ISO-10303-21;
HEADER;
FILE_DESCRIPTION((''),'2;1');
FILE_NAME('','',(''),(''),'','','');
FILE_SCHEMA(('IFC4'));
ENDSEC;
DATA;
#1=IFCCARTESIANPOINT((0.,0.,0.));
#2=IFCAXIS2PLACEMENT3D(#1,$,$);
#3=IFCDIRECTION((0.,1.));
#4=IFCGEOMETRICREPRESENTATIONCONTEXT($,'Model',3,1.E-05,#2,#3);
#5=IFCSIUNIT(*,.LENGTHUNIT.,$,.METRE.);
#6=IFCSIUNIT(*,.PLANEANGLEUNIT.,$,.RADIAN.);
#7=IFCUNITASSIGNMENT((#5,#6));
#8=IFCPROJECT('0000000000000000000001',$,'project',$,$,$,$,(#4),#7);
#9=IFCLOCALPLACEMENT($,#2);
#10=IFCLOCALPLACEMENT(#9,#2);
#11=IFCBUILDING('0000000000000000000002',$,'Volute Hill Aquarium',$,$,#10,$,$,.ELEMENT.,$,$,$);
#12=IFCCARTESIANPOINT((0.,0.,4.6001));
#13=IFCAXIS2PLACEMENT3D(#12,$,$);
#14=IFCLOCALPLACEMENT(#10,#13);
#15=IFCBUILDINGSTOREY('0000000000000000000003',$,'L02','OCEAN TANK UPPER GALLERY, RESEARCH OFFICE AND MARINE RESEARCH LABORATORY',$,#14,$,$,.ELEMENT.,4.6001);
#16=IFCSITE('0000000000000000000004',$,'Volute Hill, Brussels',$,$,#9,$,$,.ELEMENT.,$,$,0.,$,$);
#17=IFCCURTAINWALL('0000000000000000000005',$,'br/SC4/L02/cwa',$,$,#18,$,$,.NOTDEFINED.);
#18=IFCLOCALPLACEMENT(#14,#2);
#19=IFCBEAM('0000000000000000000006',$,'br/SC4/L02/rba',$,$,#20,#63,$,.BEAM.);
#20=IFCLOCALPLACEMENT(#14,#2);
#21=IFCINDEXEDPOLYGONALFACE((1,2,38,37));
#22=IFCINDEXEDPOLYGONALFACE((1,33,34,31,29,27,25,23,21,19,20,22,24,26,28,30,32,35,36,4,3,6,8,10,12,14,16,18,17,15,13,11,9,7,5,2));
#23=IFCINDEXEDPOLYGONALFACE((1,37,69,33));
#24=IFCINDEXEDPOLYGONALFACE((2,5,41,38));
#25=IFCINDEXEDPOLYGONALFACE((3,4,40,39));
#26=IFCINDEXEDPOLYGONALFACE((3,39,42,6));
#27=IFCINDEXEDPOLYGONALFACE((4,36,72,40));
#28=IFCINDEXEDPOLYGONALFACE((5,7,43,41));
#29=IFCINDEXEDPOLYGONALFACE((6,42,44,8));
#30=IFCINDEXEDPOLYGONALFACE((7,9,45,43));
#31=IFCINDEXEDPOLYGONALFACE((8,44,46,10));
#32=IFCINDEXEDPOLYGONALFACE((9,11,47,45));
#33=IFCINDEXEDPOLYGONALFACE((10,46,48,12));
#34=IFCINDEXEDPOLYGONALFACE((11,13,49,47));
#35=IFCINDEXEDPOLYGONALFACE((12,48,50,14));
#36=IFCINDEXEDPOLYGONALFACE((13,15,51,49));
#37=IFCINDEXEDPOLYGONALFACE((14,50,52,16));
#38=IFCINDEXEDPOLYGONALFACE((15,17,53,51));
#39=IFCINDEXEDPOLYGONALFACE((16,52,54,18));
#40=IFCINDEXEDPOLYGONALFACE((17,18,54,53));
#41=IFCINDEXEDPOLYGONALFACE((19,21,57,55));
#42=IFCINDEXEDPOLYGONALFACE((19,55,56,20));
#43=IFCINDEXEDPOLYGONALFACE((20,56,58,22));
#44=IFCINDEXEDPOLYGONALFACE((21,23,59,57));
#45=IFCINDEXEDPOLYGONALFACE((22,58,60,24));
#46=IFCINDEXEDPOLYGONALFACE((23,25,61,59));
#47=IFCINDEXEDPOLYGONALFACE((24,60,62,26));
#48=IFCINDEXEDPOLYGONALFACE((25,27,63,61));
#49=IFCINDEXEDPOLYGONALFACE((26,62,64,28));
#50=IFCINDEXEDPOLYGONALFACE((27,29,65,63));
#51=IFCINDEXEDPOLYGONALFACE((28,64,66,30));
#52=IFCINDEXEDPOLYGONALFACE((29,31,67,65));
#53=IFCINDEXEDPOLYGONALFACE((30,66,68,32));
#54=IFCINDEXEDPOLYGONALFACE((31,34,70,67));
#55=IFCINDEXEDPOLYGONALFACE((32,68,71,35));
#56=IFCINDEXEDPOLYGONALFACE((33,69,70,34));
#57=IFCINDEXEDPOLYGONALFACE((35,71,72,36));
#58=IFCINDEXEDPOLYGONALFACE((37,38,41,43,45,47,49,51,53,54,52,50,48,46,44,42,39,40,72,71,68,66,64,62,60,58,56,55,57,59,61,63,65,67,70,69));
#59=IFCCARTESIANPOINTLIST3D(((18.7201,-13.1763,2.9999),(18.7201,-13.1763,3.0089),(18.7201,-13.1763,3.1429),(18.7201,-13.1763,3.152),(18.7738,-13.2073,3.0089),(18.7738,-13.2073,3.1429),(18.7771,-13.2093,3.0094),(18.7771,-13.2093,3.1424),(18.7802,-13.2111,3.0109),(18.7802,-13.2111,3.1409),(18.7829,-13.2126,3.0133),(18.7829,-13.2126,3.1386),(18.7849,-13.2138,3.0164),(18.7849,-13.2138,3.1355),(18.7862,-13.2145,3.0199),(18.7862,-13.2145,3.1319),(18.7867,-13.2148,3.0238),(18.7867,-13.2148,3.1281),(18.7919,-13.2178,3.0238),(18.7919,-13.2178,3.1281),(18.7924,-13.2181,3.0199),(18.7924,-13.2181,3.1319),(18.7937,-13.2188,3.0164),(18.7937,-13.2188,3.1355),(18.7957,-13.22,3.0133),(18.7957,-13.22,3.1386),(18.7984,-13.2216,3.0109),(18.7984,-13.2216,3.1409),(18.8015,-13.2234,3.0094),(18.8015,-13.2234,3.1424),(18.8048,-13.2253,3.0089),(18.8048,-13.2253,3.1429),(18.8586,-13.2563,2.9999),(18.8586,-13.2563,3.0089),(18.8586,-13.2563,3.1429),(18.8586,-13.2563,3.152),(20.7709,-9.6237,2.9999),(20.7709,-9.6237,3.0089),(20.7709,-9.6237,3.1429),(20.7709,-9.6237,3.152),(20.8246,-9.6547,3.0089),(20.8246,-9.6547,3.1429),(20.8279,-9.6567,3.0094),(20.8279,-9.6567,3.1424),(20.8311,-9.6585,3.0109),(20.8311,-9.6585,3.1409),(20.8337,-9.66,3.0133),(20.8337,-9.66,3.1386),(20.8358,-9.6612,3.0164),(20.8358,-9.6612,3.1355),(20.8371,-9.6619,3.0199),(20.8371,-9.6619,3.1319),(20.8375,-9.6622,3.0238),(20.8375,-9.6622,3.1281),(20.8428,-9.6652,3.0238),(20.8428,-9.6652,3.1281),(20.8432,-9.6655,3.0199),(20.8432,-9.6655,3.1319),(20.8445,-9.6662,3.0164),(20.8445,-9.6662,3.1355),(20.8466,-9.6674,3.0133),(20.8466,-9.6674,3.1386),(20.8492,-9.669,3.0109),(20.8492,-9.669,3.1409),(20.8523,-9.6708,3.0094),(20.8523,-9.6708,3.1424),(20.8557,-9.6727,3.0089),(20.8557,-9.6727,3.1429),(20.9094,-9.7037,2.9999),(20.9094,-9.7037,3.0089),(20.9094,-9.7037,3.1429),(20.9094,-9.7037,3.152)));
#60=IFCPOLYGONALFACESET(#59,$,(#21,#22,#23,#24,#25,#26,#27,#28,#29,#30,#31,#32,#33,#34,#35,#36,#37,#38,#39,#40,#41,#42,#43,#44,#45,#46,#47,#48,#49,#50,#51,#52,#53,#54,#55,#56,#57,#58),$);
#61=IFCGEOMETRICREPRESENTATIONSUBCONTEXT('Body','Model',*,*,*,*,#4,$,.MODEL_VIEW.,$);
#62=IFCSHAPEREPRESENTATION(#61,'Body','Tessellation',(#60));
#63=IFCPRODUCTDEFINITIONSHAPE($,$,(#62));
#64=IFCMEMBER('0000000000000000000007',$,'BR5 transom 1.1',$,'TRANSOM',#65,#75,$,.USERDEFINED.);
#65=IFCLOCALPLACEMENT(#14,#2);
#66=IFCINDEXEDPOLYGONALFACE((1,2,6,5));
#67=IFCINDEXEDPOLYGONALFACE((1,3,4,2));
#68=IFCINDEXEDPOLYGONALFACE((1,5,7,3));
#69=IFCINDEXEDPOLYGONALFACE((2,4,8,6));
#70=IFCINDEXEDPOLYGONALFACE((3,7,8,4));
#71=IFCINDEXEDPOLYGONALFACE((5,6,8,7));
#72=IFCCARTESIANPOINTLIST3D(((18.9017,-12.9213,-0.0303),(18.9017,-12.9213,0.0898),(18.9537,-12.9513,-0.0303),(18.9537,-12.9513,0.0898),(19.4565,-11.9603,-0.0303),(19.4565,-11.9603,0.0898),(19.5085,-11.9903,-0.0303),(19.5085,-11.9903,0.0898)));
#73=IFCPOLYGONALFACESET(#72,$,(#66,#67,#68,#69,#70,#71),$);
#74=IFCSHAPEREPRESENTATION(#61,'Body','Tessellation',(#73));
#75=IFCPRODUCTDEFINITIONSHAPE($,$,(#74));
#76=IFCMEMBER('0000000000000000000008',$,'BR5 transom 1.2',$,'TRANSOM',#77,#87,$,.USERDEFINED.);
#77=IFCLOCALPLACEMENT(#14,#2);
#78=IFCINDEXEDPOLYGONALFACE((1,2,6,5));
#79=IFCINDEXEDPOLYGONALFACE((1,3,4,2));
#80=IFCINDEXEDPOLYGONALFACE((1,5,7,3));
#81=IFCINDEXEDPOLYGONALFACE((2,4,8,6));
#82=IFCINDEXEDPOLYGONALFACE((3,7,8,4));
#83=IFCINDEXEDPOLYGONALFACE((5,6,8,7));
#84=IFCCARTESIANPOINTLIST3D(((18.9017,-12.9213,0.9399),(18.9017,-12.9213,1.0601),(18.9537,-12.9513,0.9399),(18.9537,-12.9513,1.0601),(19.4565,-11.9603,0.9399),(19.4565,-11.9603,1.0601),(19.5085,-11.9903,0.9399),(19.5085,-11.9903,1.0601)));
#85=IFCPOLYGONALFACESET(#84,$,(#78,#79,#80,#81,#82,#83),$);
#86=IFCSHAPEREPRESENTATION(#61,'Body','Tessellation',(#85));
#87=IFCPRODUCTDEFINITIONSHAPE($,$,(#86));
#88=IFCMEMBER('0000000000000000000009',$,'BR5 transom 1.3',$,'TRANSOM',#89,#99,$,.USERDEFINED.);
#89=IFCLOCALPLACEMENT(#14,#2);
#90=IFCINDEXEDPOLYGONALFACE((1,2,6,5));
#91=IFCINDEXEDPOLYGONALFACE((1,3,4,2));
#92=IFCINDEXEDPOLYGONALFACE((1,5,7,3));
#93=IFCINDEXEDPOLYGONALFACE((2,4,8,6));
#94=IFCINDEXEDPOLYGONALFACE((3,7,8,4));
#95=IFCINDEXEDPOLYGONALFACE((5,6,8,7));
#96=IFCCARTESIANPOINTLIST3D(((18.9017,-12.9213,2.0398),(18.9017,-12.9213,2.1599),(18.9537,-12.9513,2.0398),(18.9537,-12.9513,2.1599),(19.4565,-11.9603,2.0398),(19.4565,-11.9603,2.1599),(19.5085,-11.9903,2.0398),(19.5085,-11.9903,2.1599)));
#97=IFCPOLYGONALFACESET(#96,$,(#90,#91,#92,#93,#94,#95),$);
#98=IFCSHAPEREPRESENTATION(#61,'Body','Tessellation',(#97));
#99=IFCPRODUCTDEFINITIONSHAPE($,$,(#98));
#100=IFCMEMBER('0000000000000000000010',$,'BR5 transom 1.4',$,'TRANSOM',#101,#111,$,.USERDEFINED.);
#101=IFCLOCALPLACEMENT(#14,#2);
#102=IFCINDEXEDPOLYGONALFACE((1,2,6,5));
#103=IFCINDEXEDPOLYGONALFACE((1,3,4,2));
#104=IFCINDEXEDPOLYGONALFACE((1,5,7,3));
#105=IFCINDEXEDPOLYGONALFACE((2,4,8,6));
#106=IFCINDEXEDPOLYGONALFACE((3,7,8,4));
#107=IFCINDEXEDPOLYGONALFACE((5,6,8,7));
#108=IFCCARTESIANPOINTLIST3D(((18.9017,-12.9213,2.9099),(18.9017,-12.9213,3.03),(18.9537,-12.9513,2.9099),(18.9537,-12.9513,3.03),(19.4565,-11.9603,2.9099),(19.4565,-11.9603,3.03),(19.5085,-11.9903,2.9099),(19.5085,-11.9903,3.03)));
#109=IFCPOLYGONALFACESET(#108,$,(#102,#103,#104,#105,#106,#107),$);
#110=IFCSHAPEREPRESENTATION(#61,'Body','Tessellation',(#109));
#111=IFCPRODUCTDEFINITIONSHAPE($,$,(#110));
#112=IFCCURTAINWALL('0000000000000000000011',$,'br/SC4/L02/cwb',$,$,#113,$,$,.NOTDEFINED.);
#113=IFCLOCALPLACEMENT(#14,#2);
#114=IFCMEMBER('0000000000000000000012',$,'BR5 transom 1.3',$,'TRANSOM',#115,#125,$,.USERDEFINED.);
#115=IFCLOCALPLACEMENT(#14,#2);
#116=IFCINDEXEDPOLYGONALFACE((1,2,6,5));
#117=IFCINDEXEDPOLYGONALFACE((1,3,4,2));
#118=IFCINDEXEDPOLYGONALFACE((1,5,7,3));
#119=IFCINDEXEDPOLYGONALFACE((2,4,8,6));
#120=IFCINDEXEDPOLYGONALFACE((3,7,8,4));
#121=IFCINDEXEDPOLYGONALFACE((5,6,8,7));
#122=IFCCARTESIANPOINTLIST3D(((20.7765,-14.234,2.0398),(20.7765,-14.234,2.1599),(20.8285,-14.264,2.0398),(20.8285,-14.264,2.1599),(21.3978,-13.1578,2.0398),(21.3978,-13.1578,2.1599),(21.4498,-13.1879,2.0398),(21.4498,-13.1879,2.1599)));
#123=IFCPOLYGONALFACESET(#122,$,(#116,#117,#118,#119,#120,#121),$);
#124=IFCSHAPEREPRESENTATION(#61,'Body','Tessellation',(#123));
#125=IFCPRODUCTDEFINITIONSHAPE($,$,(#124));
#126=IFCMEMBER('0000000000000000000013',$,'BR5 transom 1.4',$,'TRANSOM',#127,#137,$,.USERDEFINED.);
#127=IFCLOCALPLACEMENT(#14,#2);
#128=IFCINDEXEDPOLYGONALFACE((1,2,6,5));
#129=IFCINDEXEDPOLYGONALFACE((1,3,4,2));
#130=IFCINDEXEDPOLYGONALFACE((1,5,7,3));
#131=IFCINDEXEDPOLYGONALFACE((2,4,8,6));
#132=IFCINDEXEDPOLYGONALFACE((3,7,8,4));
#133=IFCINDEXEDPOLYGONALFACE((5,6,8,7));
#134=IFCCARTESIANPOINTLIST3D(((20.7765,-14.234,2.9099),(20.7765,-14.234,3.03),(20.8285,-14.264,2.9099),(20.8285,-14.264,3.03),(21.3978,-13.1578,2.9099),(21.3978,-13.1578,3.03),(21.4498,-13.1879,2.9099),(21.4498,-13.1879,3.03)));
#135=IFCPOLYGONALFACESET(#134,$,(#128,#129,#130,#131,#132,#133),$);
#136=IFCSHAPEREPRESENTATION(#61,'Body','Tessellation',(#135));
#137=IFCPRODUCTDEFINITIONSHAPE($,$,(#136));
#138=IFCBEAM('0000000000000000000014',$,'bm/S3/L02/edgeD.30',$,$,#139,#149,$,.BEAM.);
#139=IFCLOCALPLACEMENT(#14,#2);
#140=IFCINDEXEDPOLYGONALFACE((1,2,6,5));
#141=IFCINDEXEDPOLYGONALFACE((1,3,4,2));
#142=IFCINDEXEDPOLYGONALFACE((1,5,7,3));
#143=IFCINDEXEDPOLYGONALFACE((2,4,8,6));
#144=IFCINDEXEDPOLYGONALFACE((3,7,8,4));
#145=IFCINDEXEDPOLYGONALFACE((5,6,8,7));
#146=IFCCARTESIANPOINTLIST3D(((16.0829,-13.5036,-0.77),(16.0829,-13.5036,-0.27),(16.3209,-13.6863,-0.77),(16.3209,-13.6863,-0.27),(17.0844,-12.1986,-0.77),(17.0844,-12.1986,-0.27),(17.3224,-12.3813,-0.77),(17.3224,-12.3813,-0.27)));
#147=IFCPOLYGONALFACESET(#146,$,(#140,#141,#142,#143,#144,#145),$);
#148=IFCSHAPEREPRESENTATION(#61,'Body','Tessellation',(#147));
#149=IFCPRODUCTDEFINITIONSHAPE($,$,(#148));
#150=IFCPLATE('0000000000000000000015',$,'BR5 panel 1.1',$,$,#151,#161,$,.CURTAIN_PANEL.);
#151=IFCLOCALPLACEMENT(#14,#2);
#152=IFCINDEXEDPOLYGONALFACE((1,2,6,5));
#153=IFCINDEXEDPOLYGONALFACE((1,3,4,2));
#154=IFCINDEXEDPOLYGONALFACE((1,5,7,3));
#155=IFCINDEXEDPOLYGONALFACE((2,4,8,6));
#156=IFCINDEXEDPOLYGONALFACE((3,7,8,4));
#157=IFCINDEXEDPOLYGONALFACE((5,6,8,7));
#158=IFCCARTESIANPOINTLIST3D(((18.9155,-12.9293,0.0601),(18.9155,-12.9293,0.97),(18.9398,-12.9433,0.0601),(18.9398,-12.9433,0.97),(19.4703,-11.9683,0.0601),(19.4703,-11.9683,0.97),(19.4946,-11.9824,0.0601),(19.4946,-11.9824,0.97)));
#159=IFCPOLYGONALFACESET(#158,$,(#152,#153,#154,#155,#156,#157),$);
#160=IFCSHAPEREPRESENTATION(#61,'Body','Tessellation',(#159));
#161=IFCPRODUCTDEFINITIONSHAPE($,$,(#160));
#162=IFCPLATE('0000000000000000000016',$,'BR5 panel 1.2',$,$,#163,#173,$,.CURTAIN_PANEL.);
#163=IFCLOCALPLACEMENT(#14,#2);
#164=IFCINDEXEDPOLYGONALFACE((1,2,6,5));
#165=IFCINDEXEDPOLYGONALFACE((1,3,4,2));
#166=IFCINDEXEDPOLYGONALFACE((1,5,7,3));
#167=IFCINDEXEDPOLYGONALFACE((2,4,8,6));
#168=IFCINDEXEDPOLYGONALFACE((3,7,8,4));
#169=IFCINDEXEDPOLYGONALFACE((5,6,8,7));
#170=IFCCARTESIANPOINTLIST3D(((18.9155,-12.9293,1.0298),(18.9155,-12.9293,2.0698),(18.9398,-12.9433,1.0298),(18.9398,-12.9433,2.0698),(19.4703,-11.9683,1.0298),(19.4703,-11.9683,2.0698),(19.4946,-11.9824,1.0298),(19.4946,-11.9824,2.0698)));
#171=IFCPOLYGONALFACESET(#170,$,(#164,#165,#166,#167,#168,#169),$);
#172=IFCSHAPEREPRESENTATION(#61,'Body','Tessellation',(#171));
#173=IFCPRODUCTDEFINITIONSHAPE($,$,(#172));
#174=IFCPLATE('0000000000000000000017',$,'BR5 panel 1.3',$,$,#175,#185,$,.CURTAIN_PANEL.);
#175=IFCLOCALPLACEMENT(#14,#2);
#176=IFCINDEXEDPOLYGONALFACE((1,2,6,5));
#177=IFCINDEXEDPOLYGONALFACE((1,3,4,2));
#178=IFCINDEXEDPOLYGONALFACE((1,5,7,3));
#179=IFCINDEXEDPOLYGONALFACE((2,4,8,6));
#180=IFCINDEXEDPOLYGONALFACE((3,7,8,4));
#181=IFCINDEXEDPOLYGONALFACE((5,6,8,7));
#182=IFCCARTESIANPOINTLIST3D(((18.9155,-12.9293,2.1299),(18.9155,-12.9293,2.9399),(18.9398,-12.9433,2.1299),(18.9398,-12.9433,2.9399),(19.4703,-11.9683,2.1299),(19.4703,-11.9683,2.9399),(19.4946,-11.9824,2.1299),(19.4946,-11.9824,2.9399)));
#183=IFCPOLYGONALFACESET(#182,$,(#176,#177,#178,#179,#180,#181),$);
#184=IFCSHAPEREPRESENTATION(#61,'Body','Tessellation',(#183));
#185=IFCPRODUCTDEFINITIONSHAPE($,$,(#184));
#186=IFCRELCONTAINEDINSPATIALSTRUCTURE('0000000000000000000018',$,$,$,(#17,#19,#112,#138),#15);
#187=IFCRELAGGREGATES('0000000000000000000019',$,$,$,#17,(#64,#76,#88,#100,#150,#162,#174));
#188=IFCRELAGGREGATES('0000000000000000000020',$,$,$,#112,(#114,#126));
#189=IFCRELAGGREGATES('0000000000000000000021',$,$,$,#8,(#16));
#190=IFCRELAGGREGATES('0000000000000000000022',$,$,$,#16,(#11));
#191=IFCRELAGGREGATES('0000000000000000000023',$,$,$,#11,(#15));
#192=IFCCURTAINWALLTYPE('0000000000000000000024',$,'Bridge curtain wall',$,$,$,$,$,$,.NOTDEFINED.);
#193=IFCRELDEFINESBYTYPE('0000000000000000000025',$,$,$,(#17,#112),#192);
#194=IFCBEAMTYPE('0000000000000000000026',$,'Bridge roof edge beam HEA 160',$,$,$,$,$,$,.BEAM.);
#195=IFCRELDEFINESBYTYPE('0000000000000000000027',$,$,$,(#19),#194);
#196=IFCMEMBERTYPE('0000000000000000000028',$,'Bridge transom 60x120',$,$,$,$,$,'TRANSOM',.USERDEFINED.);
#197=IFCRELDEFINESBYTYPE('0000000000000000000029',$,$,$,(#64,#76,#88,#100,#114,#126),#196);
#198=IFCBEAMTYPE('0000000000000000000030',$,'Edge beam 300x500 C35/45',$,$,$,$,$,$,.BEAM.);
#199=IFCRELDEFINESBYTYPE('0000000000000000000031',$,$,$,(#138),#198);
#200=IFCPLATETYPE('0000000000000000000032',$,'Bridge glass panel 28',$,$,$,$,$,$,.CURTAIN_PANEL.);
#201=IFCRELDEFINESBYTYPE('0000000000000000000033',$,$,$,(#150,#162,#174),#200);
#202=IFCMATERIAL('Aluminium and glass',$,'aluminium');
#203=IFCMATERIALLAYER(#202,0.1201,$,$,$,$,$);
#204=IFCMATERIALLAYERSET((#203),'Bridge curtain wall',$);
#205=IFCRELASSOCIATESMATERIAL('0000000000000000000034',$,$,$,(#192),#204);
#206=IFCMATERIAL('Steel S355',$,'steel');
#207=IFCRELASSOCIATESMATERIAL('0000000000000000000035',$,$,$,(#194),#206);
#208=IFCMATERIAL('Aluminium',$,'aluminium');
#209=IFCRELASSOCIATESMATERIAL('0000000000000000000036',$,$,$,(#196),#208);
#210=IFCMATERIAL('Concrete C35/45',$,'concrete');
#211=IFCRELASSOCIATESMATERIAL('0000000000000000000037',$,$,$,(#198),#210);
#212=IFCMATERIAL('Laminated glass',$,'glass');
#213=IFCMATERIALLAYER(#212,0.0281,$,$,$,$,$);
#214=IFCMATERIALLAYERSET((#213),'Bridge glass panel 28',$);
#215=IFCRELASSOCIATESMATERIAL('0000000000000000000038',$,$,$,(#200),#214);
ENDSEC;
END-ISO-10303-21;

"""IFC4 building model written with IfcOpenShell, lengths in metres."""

from ifc_helpers import new_model, si_unit, direction, frame, origin, origin_2d, place, context, subcontext, project, spatial, rectangle, i_section, extrude, material, layer, layer_set, material_profile, profile_set, type_object, element, aggregate, save


model = new_model("IFC4")

# Units and contexts
model_context = context("Model", 3, precision=1e-05, world=origin(), true_north=direction((0.0, 1.0)))
body_context = subcontext(model_context, "Body", "Model", "MODEL_VIEW")
ifc_project = project(units=[si_unit("LENGTHUNIT", "METRE"), si_unit("PLANEANGLEUNIT", "RADIAN")], contexts=[model_context])

# Site, building, storey
site_placement = place(None, origin())
site = spatial("IfcSite", under=ifc_project, at=site_placement, Name="Volute Hill, Brussels", CompositionType="ELEMENT", RefElevation=0.0)
building_placement = place(site_placement, origin())
building = spatial("IfcBuilding", under=site, at=building_placement, Name="Volute Hill Aquarium", CompositionType="ELEMENT")
storey_placement = place(building_placement, frame((0.0, 0.0, 4.6001)))
storey = spatial("IfcBuildingStorey", under=building, at=storey_placement, Name="L02", Description="OCEAN TANK UPPER GALLERY, RESEARCH OFFICE AND MARINE RESEARCH LABORATORY", CompositionType="ELEMENT", Elevation=4.6001)

# Curtain wall
ifc_material_1 = material(Name="Aluminium and glass", Category="aluminium")
ifc_layer_1 = layer(ifc_material_1, 0.1201)
ifc_layer_set_1 = layer_set([ifc_layer_1], Name="Bridge curtain wall")
curtain_wall_type = type_object("IfcCurtainWallType", Name="Bridge curtain wall", PredefinedType="NOTDEFINED", material=ifc_layer_set_1)
curtain_wall_1_placement = place(storey_placement, origin())
curtain_wall_1 = element("IfcCurtainWall", 1, at=curtain_wall_1_placement, inside=storey, type_object=curtain_wall_type, Name="br/SC4/L02/cwa", PredefinedType="NOTDEFINED")

# Beam
ifc_material_2 = material(Name="Steel S355", Category="steel")
ifc_material_profile_1 = material_profile(ifc_material_2, i_section(OverallWidth=0.1599, OverallDepth=0.1521, WebThickness=0.0061, FlangeThickness=0.009, FilletRadius=0.0149, at=origin_2d()), Name="HEA 160")
ifc_profile_set_1 = profile_set([ifc_material_profile_1], Name="Steel S355")
beam_type_1 = type_object("IfcBeamType", Name="Bridge roof edge beam HEA 160", PredefinedType="BEAM", material=ifc_profile_set_1)
beam_1_placement = place(storey_placement, frame((18.7893, -13.2163, 3.0759), z_axis=(0.499954, 0.866052, 0.0), x_axis=(-0.866052, 0.499954, 0.0)))
element("IfcBeam", 2, at=beam_1_placement, inside=storey, type_object=beam_type_1, Name="br/SC4/L02/rba", PredefinedType="BEAM", context=body_context, shape_type="SweptSolid", body=[
    extrude(i_section(OverallWidth=0.1599, OverallDepth=0.1521, WebThickness=0.0061, FlangeThickness=0.009, FilletRadius=0.0149, at=origin_2d()), origin(), (0.0, 0.0, 1.0), 4.1021),
])

# Members
ifc_material_3 = material(Name="Aluminium", Category="aluminium")
ifc_material_profile_2 = material_profile(ifc_material_3, rectangle(XDim=0.0601, YDim=0.1201, at=origin_2d()), Name="Aluminium transom 60x120")
ifc_profile_set_2 = profile_set([ifc_material_profile_2], Name="Aluminium")
member_type_1 = type_object("IfcMemberType", Name="Bridge transom 60x120", ElementType="TRANSOM", PredefinedType="USERDEFINED", material=ifc_profile_set_2)
member_1_placement = place(storey_placement, frame((18.9277, -12.9363, 0.0298), z_axis=(0.499926, 0.866068, 0.0), x_axis=(-0.866068, 0.499926, 0.0)))
member_1 = element("IfcMember", 3, at=member_1_placement, type_object=member_type_1, Name="BR5 transom 1.1", ObjectType="TRANSOM", PredefinedType="USERDEFINED", context=body_context, shape_type="SweptSolid", body=[
    extrude(rectangle(XDim=0.0601, YDim=0.1201, at=origin_2d()), origin(), (0.0, 0.0, 1.0), 1.1096),
])
member_2_placement = place(storey_placement, frame((18.9277, -12.9363, 1.0), z_axis=(0.499926, 0.866068, 0.0), x_axis=(-0.866068, 0.499926, 0.0)))
member_2 = element("IfcMember", 4, at=member_2_placement, type_object=member_type_1, Name="BR5 transom 1.2", ObjectType="TRANSOM", PredefinedType="USERDEFINED", context=body_context, shape_type="SweptSolid", body=[
    extrude(rectangle(XDim=0.0601, YDim=0.1201, at=origin_2d()), origin(), (0.0, 0.0, 1.0), 1.1096),
])
member_3_placement = place(storey_placement, frame((18.9277, -12.9363, 2.0999), z_axis=(0.499926, 0.866068, 0.0), x_axis=(-0.866068, 0.499926, 0.0)))
member_3 = element("IfcMember", 5, at=member_3_placement, type_object=member_type_1, Name="BR5 transom 1.3", ObjectType="TRANSOM", PredefinedType="USERDEFINED", context=body_context, shape_type="SweptSolid", body=[
    extrude(rectangle(XDim=0.0601, YDim=0.1201, at=origin_2d()), origin(), (0.0, 0.0, 1.0), 1.1096),
])
member_4_placement = place(storey_placement, frame((18.9277, -12.9363, 2.97), z_axis=(0.499926, 0.866068, 0.0), x_axis=(-0.866068, 0.499926, 0.0)))
member_4 = element("IfcMember", 6, at=member_4_placement, type_object=member_type_1, Name="BR5 transom 1.4", ObjectType="TRANSOM", PredefinedType="USERDEFINED", context=body_context, shape_type="SweptSolid", body=[
    extrude(rectangle(XDim=0.0601, YDim=0.1201, at=origin_2d()), origin(), (0.0, 0.0, 1.0), 1.1096),
])

# Curtain wall, members
curtain_wall_2_placement = place(storey_placement, origin())
curtain_wall_2 = element("IfcCurtainWall", 7, at=curtain_wall_2_placement, inside=storey, type_object=curtain_wall_type, Name="br/SC4/L02/cwb", PredefinedType="NOTDEFINED")
member_5_placement = place(storey_placement, frame((20.8025, -14.249, 2.0999), z_axis=(0.500006, 0.866022, 0.0), x_axis=(-0.866022, 0.500006, 0.0)))
member_5 = element("IfcMember", 8, at=member_5_placement, type_object=member_type_1, Name="BR5 transom 1.3", ObjectType="TRANSOM", PredefinedType="USERDEFINED", context=body_context, shape_type="SweptSolid", body=[
    extrude(rectangle(XDim=0.0601, YDim=0.1201, at=origin_2d()), origin(), (0.0, 0.0, 1.0), 1.2427),
])
member_6_placement = place(storey_placement, frame((20.8025, -14.249, 2.97), z_axis=(0.500006, 0.866022, 0.0), x_axis=(-0.866022, 0.500006, 0.0)))
member_6 = element("IfcMember", 9, at=member_6_placement, type_object=member_type_1, Name="BR5 transom 1.4", ObjectType="TRANSOM", PredefinedType="USERDEFINED", context=body_context, shape_type="SweptSolid", body=[
    extrude(rectangle(XDim=0.0601, YDim=0.1201, at=origin_2d()), origin(), (0.0, 0.0, 1.0), 1.2427),
])

# Beam
ifc_material_4 = material(Name="Concrete C35/45", Category="concrete")
ifc_material_profile_3 = material_profile(ifc_material_4, rectangle(XDim=0.3, YDim=0.5, at=origin_2d()), Name="RC edge beam 300x500")
ifc_profile_set_3 = profile_set([ifc_material_profile_3], Name="Concrete C35/45")
beam_type_2 = type_object("IfcBeamType", Name="Edge beam 300x500 C35/45", PredefinedType="BEAM", material=ifc_profile_set_3)
beam_2_placement = place(storey_placement, frame((16.2019, -13.595, -0.52), z_axis=(0.608821, 0.793308, 0.0), x_axis=(-0.793308, 0.608821, 0.0)))
element("IfcBeam", 10, at=beam_2_placement, inside=storey, type_object=beam_type_2, Name="bm/S3/L02/edgeD.30", PredefinedType="BEAM", context=body_context, shape_type="SweptSolid", body=[
    extrude(rectangle(XDim=0.3, YDim=0.5, at=origin_2d()), origin(), (0.0, 0.0, 1.0), 1.645),
])

# Plates
ifc_material_5 = material(Name="Laminated glass", Category="glass")
ifc_layer_2 = layer(ifc_material_5, 0.0281)
ifc_layer_set_2 = layer_set([ifc_layer_2], Name="Bridge glass panel 28")
plate_type = type_object("IfcPlateType", Name="Bridge glass panel 28", PredefinedType="CURTAIN_PANEL", material=ifc_layer_set_2)
plate_1_placement = place(storey_placement, frame((19.2051, -12.4558, 0.0601), z_axis=(0.0, 0.0, 1.0), x_axis=(0.50001, 0.86602, 0.0)))
plate_1 = element("IfcPlate", 11, at=plate_1_placement, type_object=plate_type, Name="BR5 panel 1.1", PredefinedType="CURTAIN_PANEL", context=body_context, shape_type="SweptSolid", body=[
    extrude(rectangle(XDim=1.1096, YDim=0.0281, at=origin_2d()), origin(), (0.0, 0.0, 1.0), 0.9099),
])
plate_2_placement = place(storey_placement, frame((19.2051, -12.4558, 1.0298), z_axis=(0.0, 0.0, 1.0), x_axis=(0.50001, 0.86602, 0.0)))
plate_2 = element("IfcPlate", 12, at=plate_2_placement, type_object=plate_type, Name="BR5 panel 1.2", PredefinedType="CURTAIN_PANEL", context=body_context, shape_type="SweptSolid", body=[
    extrude(rectangle(XDim=1.1096, YDim=0.0281, at=origin_2d()), origin(), (0.0, 0.0, 1.0), 1.04),
])
plate_3_placement = place(storey_placement, frame((19.2051, -12.4558, 2.1299), z_axis=(0.0, 0.0, 1.0), x_axis=(0.50001, 0.86602, 0.0)))
plate_3 = element("IfcPlate", 13, at=plate_3_placement, type_object=plate_type, Name="BR5 panel 1.3", PredefinedType="CURTAIN_PANEL", context=body_context, shape_type="SweptSolid", body=[
    extrude(rectangle(XDim=1.1096, YDim=0.0281, at=origin_2d()), origin(), (0.0, 0.0, 1.0), 0.8101),
])
aggregate(curtain_wall_1, [member_1, member_2, member_3, member_4, plate_1, plate_2, plate_3])
aggregate(curtain_wall_2, [member_5, member_6])

save(model, "model.ifc")
